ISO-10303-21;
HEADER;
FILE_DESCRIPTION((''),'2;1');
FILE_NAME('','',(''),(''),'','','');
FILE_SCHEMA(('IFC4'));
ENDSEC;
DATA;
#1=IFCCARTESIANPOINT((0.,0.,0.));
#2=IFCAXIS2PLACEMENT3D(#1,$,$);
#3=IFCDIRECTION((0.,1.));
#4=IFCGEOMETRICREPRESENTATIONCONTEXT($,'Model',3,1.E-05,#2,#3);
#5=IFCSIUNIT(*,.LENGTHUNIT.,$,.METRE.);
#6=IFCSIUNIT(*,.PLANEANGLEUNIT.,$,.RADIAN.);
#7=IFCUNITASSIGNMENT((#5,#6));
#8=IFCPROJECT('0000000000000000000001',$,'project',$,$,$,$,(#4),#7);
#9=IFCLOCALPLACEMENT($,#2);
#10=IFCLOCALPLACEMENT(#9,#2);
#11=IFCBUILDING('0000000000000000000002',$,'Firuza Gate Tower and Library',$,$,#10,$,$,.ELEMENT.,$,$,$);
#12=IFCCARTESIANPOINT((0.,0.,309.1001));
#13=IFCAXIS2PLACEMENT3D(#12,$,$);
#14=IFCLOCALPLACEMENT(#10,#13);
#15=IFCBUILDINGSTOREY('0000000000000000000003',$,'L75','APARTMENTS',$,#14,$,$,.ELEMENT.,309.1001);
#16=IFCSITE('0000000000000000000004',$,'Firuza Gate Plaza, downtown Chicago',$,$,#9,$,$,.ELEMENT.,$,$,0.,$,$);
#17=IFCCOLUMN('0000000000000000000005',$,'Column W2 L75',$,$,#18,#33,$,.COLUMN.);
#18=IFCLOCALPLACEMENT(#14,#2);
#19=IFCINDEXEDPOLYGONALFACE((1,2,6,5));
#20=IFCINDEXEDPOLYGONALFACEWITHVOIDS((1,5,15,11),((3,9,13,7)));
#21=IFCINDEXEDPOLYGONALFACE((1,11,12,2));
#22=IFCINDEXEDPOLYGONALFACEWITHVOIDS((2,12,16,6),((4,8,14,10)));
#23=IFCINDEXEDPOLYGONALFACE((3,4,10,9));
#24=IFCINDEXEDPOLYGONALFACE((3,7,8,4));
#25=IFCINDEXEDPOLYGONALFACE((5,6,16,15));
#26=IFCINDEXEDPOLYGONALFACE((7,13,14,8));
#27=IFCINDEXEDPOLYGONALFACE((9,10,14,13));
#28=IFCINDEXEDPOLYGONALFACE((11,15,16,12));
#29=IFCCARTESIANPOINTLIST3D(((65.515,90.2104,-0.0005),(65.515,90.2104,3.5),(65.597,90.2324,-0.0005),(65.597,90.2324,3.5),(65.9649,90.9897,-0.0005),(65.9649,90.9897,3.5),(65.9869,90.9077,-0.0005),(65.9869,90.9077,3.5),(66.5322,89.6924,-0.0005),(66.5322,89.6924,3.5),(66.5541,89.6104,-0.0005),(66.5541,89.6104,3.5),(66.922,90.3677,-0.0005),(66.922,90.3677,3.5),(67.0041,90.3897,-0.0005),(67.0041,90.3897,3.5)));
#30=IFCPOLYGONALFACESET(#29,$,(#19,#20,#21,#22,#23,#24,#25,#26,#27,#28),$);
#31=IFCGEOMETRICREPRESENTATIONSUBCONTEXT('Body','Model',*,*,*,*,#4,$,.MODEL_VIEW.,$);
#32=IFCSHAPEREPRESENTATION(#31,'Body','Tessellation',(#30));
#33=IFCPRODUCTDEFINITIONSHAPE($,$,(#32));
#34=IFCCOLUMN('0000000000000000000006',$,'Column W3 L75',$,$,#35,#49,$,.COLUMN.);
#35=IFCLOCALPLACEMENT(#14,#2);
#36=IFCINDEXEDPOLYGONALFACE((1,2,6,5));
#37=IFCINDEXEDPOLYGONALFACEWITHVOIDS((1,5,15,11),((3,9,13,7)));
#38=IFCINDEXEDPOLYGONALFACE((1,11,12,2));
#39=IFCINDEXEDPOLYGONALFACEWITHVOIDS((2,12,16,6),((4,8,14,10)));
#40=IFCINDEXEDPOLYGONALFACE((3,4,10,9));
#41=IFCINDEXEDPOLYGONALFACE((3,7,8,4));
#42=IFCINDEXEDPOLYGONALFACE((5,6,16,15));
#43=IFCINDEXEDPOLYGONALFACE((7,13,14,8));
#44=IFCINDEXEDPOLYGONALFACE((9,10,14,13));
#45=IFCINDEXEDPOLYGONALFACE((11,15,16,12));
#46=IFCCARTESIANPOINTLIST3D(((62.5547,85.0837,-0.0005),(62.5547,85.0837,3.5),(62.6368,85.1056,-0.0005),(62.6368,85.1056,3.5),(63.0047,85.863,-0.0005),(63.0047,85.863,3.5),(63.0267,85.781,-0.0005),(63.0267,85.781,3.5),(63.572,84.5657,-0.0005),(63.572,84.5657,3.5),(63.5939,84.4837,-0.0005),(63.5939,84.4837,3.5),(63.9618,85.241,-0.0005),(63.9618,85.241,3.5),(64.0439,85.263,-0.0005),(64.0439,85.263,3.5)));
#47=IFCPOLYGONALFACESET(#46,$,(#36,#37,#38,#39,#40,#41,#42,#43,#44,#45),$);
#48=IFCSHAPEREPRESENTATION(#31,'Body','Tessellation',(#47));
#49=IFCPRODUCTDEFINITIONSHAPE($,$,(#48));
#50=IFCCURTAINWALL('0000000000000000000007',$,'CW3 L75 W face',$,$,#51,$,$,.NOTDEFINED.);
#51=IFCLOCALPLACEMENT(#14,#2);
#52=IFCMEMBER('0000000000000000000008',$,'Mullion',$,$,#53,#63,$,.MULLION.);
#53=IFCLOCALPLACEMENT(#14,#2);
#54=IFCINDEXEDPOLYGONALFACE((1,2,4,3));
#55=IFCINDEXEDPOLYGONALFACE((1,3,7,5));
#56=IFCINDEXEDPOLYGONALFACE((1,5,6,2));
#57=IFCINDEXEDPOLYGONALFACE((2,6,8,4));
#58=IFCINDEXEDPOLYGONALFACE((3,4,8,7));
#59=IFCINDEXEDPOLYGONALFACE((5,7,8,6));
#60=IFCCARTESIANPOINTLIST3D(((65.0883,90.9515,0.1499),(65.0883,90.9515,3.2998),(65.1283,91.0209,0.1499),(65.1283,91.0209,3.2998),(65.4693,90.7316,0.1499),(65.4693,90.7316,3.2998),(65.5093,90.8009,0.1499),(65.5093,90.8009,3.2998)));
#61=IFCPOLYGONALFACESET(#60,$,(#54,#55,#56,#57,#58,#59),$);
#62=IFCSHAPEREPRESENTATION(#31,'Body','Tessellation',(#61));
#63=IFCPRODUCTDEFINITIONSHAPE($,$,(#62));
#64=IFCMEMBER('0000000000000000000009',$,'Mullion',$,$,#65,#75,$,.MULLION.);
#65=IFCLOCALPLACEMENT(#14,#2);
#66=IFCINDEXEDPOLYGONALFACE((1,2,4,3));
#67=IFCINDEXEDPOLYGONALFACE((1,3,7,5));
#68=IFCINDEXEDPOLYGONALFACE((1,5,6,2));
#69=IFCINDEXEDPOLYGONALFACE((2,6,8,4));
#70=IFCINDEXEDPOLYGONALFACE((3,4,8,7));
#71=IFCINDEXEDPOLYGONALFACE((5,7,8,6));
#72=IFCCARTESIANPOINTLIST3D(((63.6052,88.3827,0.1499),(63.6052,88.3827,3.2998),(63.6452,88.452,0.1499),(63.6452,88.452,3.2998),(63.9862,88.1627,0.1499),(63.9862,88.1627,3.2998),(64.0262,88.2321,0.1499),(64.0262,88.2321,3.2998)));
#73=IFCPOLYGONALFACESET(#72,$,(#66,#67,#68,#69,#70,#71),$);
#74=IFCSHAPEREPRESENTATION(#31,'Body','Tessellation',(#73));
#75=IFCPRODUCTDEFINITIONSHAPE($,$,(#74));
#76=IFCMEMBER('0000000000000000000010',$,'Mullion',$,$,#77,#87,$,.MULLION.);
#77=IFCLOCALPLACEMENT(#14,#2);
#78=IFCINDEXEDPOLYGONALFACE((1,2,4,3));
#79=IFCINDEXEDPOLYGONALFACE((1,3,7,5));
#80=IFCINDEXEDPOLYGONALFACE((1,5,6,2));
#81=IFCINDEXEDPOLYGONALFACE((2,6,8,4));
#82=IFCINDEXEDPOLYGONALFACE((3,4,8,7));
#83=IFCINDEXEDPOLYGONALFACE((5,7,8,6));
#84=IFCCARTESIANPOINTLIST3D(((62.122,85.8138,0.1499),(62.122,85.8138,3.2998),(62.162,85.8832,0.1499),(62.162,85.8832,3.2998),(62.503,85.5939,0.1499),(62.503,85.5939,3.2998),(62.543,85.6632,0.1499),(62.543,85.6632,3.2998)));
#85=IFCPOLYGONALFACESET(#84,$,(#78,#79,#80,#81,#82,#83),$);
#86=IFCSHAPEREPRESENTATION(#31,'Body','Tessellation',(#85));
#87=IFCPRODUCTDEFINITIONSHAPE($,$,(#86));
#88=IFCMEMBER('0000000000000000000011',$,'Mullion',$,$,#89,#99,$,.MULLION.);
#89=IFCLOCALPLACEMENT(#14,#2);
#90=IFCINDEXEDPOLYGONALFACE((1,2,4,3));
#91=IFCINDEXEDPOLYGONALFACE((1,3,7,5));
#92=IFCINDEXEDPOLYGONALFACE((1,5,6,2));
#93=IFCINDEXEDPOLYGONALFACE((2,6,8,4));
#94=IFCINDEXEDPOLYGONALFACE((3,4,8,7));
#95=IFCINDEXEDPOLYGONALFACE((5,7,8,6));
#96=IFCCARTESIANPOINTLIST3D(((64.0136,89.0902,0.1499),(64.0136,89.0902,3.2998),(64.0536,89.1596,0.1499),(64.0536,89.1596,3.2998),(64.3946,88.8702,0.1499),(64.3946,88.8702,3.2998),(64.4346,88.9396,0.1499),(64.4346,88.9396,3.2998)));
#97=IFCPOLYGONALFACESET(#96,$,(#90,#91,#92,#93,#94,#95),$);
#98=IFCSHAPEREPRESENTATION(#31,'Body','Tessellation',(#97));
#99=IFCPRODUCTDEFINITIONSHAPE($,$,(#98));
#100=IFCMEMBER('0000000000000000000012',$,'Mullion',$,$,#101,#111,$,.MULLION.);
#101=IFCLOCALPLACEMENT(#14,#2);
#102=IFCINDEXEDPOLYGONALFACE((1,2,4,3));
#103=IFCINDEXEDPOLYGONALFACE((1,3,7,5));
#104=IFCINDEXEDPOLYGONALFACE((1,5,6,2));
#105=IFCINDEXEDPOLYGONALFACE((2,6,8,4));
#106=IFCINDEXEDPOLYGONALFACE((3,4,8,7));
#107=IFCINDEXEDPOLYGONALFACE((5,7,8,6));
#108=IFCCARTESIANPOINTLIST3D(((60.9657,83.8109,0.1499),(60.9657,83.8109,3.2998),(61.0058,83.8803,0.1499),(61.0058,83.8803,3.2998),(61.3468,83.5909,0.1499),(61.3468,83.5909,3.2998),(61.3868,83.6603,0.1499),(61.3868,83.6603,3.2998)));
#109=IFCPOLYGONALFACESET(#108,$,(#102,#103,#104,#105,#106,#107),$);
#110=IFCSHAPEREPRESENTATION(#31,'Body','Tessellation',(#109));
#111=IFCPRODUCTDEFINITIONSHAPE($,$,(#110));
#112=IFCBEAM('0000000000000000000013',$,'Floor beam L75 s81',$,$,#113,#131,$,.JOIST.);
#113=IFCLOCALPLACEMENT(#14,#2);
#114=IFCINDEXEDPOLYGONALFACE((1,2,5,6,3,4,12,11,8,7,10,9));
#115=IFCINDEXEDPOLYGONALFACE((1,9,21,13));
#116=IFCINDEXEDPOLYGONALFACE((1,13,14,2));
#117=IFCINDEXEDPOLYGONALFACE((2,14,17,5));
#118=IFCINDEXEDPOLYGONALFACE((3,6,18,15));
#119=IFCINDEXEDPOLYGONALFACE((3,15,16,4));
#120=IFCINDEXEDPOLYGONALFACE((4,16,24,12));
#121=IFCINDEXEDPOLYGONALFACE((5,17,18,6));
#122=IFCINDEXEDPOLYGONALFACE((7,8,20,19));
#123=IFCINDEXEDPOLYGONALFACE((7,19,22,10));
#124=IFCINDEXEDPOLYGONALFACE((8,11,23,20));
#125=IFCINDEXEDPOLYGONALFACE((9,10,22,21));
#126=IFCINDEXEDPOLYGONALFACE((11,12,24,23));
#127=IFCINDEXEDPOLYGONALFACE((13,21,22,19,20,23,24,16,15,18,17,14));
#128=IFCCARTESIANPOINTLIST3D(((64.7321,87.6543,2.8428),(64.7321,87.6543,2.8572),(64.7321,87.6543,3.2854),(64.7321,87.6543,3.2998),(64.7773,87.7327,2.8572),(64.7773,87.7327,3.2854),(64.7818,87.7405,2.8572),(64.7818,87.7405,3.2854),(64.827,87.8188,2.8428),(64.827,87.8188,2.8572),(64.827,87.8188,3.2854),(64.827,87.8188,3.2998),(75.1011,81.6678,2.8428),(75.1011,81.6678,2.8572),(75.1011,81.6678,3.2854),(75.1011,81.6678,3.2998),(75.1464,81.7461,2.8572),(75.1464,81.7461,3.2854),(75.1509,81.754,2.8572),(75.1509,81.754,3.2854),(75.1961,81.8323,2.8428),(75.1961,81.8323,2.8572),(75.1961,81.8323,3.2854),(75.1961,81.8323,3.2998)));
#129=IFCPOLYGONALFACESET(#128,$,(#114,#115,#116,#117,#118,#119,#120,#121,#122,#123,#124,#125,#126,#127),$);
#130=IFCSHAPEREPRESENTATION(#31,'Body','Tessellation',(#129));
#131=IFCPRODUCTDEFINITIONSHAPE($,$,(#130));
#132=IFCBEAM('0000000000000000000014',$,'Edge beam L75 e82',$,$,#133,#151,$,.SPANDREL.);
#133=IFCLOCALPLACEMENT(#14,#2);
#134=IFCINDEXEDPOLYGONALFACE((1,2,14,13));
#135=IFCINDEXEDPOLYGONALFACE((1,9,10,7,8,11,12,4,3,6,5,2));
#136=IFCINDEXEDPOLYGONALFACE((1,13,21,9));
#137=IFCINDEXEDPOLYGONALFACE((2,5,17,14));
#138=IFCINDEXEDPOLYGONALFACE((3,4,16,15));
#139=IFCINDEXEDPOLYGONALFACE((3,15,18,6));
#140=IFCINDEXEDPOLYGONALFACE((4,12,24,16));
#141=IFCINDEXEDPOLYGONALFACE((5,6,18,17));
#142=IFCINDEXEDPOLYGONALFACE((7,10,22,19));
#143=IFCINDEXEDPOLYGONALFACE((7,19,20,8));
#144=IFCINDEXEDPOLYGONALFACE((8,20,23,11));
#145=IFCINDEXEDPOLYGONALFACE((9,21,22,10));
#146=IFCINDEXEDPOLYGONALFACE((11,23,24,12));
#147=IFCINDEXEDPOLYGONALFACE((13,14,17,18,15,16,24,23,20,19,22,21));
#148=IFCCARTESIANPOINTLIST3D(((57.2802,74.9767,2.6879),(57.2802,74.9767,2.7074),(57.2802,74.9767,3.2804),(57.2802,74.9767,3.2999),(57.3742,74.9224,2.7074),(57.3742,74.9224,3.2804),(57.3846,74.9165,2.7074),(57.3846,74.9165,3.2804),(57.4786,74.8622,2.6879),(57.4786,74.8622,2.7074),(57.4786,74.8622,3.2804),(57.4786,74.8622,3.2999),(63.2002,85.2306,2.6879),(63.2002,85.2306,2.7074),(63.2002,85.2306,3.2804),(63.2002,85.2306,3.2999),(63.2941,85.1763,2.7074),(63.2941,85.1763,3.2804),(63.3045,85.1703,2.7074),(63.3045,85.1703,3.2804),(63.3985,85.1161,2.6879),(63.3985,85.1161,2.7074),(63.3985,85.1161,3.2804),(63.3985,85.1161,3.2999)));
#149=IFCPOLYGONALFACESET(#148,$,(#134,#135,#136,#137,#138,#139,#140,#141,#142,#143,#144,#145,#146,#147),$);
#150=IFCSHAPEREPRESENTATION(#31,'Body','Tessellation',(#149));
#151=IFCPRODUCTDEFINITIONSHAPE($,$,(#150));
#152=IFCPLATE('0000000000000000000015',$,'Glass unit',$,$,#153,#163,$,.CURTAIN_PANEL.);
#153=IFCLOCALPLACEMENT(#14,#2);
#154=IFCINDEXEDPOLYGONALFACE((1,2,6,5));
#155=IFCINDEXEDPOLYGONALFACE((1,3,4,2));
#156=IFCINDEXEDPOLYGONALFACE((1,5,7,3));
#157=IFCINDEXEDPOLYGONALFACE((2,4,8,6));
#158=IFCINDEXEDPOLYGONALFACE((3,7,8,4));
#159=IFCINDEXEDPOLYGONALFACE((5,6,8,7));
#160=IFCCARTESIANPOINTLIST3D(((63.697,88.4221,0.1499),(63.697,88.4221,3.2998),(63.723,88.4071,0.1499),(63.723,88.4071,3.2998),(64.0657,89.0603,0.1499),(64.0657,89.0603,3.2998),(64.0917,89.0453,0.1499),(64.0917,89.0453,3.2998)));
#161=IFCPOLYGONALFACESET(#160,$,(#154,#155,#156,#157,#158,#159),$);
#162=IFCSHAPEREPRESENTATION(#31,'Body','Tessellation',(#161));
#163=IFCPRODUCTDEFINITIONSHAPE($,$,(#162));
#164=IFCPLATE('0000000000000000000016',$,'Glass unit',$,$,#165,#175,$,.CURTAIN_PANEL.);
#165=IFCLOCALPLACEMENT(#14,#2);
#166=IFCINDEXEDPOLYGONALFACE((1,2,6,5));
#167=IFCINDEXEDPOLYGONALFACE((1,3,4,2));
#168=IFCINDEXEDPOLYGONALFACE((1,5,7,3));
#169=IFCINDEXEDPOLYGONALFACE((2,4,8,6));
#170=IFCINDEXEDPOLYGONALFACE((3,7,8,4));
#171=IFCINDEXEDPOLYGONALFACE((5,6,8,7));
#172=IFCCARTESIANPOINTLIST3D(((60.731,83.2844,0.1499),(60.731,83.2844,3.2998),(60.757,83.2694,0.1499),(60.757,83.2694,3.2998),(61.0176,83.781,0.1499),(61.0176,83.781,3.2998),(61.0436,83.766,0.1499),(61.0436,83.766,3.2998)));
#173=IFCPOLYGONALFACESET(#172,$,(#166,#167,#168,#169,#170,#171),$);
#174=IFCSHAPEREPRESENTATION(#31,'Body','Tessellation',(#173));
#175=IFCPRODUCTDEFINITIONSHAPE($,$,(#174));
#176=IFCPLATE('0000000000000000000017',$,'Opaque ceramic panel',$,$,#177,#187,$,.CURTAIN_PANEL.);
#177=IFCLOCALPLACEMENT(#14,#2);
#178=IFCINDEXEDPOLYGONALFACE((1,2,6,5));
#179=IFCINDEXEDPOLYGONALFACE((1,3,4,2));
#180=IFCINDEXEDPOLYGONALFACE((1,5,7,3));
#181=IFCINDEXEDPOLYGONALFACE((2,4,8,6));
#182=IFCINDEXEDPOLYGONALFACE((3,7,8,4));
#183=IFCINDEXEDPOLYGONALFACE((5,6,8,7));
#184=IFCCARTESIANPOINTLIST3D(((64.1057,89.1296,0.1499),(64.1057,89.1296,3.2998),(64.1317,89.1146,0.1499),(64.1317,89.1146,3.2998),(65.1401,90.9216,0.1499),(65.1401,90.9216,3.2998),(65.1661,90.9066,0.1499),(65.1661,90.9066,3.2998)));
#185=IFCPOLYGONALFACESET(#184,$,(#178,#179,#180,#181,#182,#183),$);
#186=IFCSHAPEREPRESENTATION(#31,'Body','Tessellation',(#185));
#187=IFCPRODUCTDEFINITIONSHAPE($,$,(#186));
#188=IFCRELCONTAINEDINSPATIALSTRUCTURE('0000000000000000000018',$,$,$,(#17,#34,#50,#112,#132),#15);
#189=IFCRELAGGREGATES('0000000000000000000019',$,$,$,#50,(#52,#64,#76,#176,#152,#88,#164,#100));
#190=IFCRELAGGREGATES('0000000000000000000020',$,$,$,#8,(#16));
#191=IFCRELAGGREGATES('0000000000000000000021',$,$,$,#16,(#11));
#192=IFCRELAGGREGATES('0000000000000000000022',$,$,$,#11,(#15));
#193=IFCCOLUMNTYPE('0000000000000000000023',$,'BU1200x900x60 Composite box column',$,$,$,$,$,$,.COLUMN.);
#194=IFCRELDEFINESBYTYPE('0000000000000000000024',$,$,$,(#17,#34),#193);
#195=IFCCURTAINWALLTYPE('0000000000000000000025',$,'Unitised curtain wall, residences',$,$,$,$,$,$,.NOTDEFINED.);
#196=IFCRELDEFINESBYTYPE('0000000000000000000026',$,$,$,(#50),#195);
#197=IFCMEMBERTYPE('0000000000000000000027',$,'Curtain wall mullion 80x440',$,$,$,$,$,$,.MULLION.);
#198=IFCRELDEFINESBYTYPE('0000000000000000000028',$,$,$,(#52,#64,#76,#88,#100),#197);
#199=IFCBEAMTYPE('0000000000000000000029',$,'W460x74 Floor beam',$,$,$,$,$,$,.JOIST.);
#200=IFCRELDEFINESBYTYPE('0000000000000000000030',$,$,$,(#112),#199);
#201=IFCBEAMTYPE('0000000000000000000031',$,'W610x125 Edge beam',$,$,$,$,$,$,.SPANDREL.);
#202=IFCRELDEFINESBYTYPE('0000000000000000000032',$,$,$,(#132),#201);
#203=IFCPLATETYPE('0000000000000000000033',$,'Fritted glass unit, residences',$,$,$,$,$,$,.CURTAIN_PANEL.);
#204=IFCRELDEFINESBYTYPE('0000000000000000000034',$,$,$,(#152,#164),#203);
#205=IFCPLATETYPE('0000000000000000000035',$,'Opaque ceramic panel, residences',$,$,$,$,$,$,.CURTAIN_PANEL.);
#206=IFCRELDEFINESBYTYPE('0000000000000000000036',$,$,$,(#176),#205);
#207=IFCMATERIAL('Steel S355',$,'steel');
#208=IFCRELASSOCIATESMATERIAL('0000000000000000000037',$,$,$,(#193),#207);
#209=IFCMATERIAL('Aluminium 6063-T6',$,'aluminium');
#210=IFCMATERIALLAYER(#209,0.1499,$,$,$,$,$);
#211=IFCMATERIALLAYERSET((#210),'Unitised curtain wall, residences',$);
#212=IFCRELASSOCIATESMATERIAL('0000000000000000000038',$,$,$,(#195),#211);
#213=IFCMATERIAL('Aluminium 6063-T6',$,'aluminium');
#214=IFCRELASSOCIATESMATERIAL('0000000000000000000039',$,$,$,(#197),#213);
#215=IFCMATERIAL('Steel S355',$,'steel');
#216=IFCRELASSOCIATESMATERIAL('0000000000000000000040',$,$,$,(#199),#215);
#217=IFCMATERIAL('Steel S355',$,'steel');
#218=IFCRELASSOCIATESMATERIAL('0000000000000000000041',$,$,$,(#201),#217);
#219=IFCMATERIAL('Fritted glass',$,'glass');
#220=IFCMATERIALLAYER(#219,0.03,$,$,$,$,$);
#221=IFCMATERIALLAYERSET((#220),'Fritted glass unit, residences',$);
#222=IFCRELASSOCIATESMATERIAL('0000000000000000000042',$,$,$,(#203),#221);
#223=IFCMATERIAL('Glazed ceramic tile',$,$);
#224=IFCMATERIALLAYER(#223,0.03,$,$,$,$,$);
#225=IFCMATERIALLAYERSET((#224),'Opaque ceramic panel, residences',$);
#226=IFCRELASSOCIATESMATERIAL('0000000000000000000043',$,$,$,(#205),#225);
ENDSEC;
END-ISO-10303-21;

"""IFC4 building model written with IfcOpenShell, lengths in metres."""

from ifc_helpers import new_model, si_unit, direction, frame, origin, origin_2d, place, context, subcontext, project, spatial, polyline, rectangle, hollow_rectangle, i_section, outline, extrude, material, layer, layer_set, material_profile, profile_set, type_object, element, aggregate, save


model = new_model("IFC4")

# Units and contexts
model_context = context("Model", 3, precision=1e-05, world=origin(), true_north=direction((0.0, 1.0)))
body_context = subcontext(model_context, "Body", "Model", "MODEL_VIEW")
ifc_project = project(units=[si_unit("LENGTHUNIT", "METRE"), si_unit("PLANEANGLEUNIT", "RADIAN")], contexts=[model_context])

# Site, building, storey
site_placement = place(None, origin())
site = spatial("IfcSite", under=ifc_project, at=site_placement, Name="Firuza Gate Plaza, downtown Chicago", CompositionType="ELEMENT", RefElevation=0.0)
building_placement = place(site_placement, origin())
building = spatial("IfcBuilding", under=site, at=building_placement, Name="Firuza Gate Tower and Library", CompositionType="ELEMENT")
storey_placement = place(building_placement, frame((0.0, 0.0, 309.1001)))
storey = spatial("IfcBuildingStorey", under=building, at=storey_placement, Name="L75", Description="APARTMENTS", CompositionType="ELEMENT", Elevation=309.1001)

# Columns
ifc_material_1 = material(Name="Steel S355", Category="steel")
ifc_material_profile_1 = material_profile(ifc_material_1, hollow_rectangle(XDim=0.8999, YDim=1.2, WallThickness=0.0601, at=origin_2d()))
ifc_profile_set_1 = profile_set([ifc_material_profile_1], Name="Steel S355")
column_type = type_object("IfcColumnType", Name="BU1200x900x60 Composite box column", PredefinedType="COLUMN", material=ifc_profile_set_1)
for number, where, z_axis, x_axis, name in (
    (1, (66.2595, 90.3, -0.0005), (0.0, 0.0, 1.0), (-0.5, -0.866025, 0.0), "Column W2 L75"),
    (2, (63.2993, 85.1733, -0.0005), (0.0, 0.0, 1.0), (-0.5, -0.866025, 0.0), "Column W3 L75"),
):
    element("IfcColumn", number, at=place(storey_placement, frame(where, z_axis=z_axis, x_axis=x_axis)), inside=storey, type_object=column_type, Name=name, PredefinedType="COLUMN", context=body_context, shape_type="SweptSolid", body=[
        extrude(hollow_rectangle(XDim=0.8999, YDim=1.2, WallThickness=0.0601, at=origin_2d()), origin(), (0.0, 0.0, 1.0), 3.5005),
    ])

# Curtain wall, members
ifc_material_2 = material(Name="Aluminium 6063-T6", Category="aluminium")
ifc_layer_1 = layer(ifc_material_2, 0.1499)
ifc_layer_set_1 = layer_set([ifc_layer_1], Name="Unitised curtain wall, residences")
curtain_wall_type = type_object("IfcCurtainWallType", Name="Unitised curtain wall, residences", PredefinedType="NOTDEFINED", material=ifc_layer_set_1)
placement = place(storey_placement, origin())
curtain_wall = element("IfcCurtainWall", 3, at=placement, inside=storey, type_object=curtain_wall_type, Name="CW3 L75 W face", PredefinedType="NOTDEFINED")
ifc_material_3 = material(Name="Aluminium 6063-T6", Category="aluminium")
ifc_material_profile_2 = material_profile(ifc_material_3, rectangle(XDim=0.4399, YDim=0.0801, at=origin_2d()))
ifc_profile_set_2 = profile_set([ifc_material_profile_2], Name="Aluminium 6063-T6")
member_type = type_object("IfcMemberType", Name="Curtain wall mullion 80x440", PredefinedType="MULLION", material=ifc_profile_set_2)
member_1_placement = place(storey_placement, frame((65.2988, 90.8762, 0.1499), z_axis=(0.0, 0.0, 1.0), x_axis=(0.866025, -0.5, 0.0)))
member_1 = element("IfcMember", 4, at=member_1_placement, type_object=member_type, Name="Mullion", PredefinedType="MULLION", context=body_context, shape_type="SweptSolid", body=[
    extrude(rectangle(XDim=0.4399, YDim=0.0801, at=origin_2d()), origin(), (0.0, 0.0, 1.0), 3.1499),
])
member_2_placement = place(storey_placement, frame((63.8157, 88.3074, 0.1499), z_axis=(0.0, 0.0, 1.0), x_axis=(0.866025, -0.5, 0.0)))
member_2 = element("IfcMember", 5, at=member_2_placement, type_object=member_type, Name="Mullion", PredefinedType="MULLION", context=body_context, shape_type="SweptSolid", body=[
    extrude(rectangle(XDim=0.4399, YDim=0.0801, at=origin_2d()), origin(), (0.0, 0.0, 1.0), 3.1499),
])
member_3_placement = place(storey_placement, frame((62.3325, 85.7385, 0.1499), z_axis=(0.0, 0.0, 1.0), x_axis=(0.866025, -0.5, 0.0)))
member_3 = element("IfcMember", 6, at=member_3_placement, type_object=member_type, Name="Mullion", PredefinedType="MULLION", context=body_context, shape_type="SweptSolid", body=[
    extrude(rectangle(XDim=0.4399, YDim=0.0801, at=origin_2d()), origin(), (0.0, 0.0, 1.0), 3.1499),
])
member_4_placement = place(storey_placement, frame((64.2241, 89.0149, 0.1499), z_axis=(0.0, 0.0, 1.0), x_axis=(0.866025, -0.5, 0.0)))
member_4 = element("IfcMember", 7, at=member_4_placement, type_object=member_type, Name="Mullion", PredefinedType="MULLION", context=body_context, shape_type="SweptSolid", body=[
    extrude(rectangle(XDim=0.4399, YDim=0.0801, at=origin_2d()), origin(), (0.0, 0.0, 1.0), 3.1499),
])
member_5_placement = place(storey_placement, frame((61.1763, 83.7356, 0.1499), z_axis=(0.0, 0.0, 1.0), x_axis=(0.866025, -0.5, 0.0)))
member_5 = element("IfcMember", 8, at=member_5_placement, type_object=member_type, Name="Mullion", PredefinedType="MULLION", context=body_context, shape_type="SweptSolid", body=[
    extrude(rectangle(XDim=0.4399, YDim=0.0801, at=origin_2d()), origin(), (0.0, 0.0, 1.0), 3.1499),
])

# Beams
ifc_material_4 = material(Name="Steel S355", Category="steel")
ifc_material_profile_3 = material_profile(ifc_material_4, i_section(OverallWidth=0.1899, OverallDepth=0.457, WebThickness=0.009, FlangeThickness=0.0144, at=origin_2d()))
ifc_profile_set_3 = profile_set([ifc_material_profile_3], Name="Steel S355")
beam_type_1 = type_object("IfcBeamType", Name="W460x74 Floor beam", PredefinedType="JOIST", material=ifc_profile_set_3)
beam_1_placement = place(storey_placement, frame((64.7795, 87.7366, 3.0713), z_axis=(0.866027, -0.499997, 0.0), x_axis=(0.499997, 0.866027, 0.0)))
element("IfcBeam", 9, at=beam_1_placement, inside=storey, type_object=beam_type_1, Name="Floor beam L75 s81", PredefinedType="JOIST", context=body_context, shape_type="SweptSolid", body=[
    extrude(i_section(OverallWidth=0.1899, OverallDepth=0.457, WebThickness=0.009, FlangeThickness=0.0144, at=origin_2d()), origin(), (0.0, 0.0, 1.0), 11.9731),
])
ifc_material_5 = material(Name="Steel S355", Category="steel")
ifc_material_profile_4 = material_profile(ifc_material_5, i_section(OverallWidth=0.229, OverallDepth=0.6121, WebThickness=0.012, FlangeThickness=0.0195, at=origin_2d()))
ifc_profile_set_4 = profile_set([ifc_material_profile_4], Name="Steel S355")
beam_type_2 = type_object("IfcBeamType", Name="W610x125 Edge beam", PredefinedType="SPANDREL", material=ifc_profile_set_4)
beam_2_placement = place(storey_placement, frame((63.2993, 85.1733, 2.9939), z_axis=(-0.499989, -0.866032, 0.0), x_axis=(0.866032, -0.499989, 0.0)))
element("IfcBeam", 10, at=beam_2_placement, inside=storey, type_object=beam_type_2, Name="Edge beam L75 e82", PredefinedType="SPANDREL", context=body_context, shape_type="SweptSolid", body=[
    extrude(i_section(OverallWidth=0.229, OverallDepth=0.6121, WebThickness=0.012, FlangeThickness=0.0195, at=origin_2d()), origin(), (0.0, 0.0, 1.0), 11.8401),
])

# Plates
ifc_material_6 = material(Name="Fritted glass", Category="glass")
ifc_layer_2 = layer(ifc_material_6, 0.03)
ifc_layer_set_2 = layer_set([ifc_layer_2], Name="Fritted glass unit, residences")
plate_type_1 = type_object("IfcPlateType", Name="Fritted glass unit, residences", PredefinedType="CURTAIN_PANEL", material=ifc_layer_set_2)
plate_1_placement = place(storey_placement, frame((64.0657, 89.0603, 0.1499), z_axis=(-0.86591, 0.5002, 0.0), x_axis=(-0.5002, -0.86591, 0.0)))
plate_1 = element("IfcPlate", 11, at=plate_1_placement, type_object=plate_type_1, Name="Glass unit", PredefinedType="CURTAIN_PANEL", context=body_context, shape_type="SweptSolid", body=[
    extrude(outline(polyline([(0.0, 0.0), (0.737, 0.0), (0.737, 3.1499), (0.0, 3.1499), (0.0, 0.0)])), origin(), (0.0, 0.0, -1.0), 0.03),
])
plate_2_placement = place(storey_placement, frame((61.0176, 83.781, 0.1499), z_axis=(-0.866086, 0.499894, 0.0), x_axis=(-0.499894, -0.866086, 0.0)))
plate_2 = element("IfcPlate", 12, at=plate_2_placement, type_object=plate_type_1, Name="Glass unit", PredefinedType="CURTAIN_PANEL", context=body_context, shape_type="SweptSolid", body=[
    extrude(outline(polyline([(0.0, 0.0), (0.5734, 0.0), (0.5734, 3.1499), (0.0, 3.1499), (0.0, 0.0)])), origin(), (0.0, 0.0, -1.0), 0.03),
])
ifc_material_7 = material(Name="Glazed ceramic tile")
ifc_layer_3 = layer(ifc_material_7, 0.03)
ifc_layer_set_3 = layer_set([ifc_layer_3], Name="Opaque ceramic panel, residences")
plate_type_2 = type_object("IfcPlateType", Name="Opaque ceramic panel, residences", PredefinedType="CURTAIN_PANEL", material=ifc_layer_set_3)
plate_3_placement = place(storey_placement, frame((65.1401, 90.9216, 0.1499), z_axis=(-0.866064, 0.499934, 0.0), x_axis=(-0.499934, -0.866064, 0.0)))
plate_3 = element("IfcPlate", 13, at=plate_3_placement, type_object=plate_type_2, Name="Opaque ceramic panel", PredefinedType="CURTAIN_PANEL", context=body_context, shape_type="SweptSolid", body=[
    extrude(outline(polyline([(0.0, 0.0), (2.0691, 0.0), (2.0691, 3.1499), (0.0, 3.1499), (0.0, 0.0)])), origin(), (0.0, 0.0, -1.0), 0.03),
])
aggregate(curtain_wall, [member_1, member_2, member_3, plate_3, plate_1, member_4, plate_2, member_5])

save(model, "model.ifc")
